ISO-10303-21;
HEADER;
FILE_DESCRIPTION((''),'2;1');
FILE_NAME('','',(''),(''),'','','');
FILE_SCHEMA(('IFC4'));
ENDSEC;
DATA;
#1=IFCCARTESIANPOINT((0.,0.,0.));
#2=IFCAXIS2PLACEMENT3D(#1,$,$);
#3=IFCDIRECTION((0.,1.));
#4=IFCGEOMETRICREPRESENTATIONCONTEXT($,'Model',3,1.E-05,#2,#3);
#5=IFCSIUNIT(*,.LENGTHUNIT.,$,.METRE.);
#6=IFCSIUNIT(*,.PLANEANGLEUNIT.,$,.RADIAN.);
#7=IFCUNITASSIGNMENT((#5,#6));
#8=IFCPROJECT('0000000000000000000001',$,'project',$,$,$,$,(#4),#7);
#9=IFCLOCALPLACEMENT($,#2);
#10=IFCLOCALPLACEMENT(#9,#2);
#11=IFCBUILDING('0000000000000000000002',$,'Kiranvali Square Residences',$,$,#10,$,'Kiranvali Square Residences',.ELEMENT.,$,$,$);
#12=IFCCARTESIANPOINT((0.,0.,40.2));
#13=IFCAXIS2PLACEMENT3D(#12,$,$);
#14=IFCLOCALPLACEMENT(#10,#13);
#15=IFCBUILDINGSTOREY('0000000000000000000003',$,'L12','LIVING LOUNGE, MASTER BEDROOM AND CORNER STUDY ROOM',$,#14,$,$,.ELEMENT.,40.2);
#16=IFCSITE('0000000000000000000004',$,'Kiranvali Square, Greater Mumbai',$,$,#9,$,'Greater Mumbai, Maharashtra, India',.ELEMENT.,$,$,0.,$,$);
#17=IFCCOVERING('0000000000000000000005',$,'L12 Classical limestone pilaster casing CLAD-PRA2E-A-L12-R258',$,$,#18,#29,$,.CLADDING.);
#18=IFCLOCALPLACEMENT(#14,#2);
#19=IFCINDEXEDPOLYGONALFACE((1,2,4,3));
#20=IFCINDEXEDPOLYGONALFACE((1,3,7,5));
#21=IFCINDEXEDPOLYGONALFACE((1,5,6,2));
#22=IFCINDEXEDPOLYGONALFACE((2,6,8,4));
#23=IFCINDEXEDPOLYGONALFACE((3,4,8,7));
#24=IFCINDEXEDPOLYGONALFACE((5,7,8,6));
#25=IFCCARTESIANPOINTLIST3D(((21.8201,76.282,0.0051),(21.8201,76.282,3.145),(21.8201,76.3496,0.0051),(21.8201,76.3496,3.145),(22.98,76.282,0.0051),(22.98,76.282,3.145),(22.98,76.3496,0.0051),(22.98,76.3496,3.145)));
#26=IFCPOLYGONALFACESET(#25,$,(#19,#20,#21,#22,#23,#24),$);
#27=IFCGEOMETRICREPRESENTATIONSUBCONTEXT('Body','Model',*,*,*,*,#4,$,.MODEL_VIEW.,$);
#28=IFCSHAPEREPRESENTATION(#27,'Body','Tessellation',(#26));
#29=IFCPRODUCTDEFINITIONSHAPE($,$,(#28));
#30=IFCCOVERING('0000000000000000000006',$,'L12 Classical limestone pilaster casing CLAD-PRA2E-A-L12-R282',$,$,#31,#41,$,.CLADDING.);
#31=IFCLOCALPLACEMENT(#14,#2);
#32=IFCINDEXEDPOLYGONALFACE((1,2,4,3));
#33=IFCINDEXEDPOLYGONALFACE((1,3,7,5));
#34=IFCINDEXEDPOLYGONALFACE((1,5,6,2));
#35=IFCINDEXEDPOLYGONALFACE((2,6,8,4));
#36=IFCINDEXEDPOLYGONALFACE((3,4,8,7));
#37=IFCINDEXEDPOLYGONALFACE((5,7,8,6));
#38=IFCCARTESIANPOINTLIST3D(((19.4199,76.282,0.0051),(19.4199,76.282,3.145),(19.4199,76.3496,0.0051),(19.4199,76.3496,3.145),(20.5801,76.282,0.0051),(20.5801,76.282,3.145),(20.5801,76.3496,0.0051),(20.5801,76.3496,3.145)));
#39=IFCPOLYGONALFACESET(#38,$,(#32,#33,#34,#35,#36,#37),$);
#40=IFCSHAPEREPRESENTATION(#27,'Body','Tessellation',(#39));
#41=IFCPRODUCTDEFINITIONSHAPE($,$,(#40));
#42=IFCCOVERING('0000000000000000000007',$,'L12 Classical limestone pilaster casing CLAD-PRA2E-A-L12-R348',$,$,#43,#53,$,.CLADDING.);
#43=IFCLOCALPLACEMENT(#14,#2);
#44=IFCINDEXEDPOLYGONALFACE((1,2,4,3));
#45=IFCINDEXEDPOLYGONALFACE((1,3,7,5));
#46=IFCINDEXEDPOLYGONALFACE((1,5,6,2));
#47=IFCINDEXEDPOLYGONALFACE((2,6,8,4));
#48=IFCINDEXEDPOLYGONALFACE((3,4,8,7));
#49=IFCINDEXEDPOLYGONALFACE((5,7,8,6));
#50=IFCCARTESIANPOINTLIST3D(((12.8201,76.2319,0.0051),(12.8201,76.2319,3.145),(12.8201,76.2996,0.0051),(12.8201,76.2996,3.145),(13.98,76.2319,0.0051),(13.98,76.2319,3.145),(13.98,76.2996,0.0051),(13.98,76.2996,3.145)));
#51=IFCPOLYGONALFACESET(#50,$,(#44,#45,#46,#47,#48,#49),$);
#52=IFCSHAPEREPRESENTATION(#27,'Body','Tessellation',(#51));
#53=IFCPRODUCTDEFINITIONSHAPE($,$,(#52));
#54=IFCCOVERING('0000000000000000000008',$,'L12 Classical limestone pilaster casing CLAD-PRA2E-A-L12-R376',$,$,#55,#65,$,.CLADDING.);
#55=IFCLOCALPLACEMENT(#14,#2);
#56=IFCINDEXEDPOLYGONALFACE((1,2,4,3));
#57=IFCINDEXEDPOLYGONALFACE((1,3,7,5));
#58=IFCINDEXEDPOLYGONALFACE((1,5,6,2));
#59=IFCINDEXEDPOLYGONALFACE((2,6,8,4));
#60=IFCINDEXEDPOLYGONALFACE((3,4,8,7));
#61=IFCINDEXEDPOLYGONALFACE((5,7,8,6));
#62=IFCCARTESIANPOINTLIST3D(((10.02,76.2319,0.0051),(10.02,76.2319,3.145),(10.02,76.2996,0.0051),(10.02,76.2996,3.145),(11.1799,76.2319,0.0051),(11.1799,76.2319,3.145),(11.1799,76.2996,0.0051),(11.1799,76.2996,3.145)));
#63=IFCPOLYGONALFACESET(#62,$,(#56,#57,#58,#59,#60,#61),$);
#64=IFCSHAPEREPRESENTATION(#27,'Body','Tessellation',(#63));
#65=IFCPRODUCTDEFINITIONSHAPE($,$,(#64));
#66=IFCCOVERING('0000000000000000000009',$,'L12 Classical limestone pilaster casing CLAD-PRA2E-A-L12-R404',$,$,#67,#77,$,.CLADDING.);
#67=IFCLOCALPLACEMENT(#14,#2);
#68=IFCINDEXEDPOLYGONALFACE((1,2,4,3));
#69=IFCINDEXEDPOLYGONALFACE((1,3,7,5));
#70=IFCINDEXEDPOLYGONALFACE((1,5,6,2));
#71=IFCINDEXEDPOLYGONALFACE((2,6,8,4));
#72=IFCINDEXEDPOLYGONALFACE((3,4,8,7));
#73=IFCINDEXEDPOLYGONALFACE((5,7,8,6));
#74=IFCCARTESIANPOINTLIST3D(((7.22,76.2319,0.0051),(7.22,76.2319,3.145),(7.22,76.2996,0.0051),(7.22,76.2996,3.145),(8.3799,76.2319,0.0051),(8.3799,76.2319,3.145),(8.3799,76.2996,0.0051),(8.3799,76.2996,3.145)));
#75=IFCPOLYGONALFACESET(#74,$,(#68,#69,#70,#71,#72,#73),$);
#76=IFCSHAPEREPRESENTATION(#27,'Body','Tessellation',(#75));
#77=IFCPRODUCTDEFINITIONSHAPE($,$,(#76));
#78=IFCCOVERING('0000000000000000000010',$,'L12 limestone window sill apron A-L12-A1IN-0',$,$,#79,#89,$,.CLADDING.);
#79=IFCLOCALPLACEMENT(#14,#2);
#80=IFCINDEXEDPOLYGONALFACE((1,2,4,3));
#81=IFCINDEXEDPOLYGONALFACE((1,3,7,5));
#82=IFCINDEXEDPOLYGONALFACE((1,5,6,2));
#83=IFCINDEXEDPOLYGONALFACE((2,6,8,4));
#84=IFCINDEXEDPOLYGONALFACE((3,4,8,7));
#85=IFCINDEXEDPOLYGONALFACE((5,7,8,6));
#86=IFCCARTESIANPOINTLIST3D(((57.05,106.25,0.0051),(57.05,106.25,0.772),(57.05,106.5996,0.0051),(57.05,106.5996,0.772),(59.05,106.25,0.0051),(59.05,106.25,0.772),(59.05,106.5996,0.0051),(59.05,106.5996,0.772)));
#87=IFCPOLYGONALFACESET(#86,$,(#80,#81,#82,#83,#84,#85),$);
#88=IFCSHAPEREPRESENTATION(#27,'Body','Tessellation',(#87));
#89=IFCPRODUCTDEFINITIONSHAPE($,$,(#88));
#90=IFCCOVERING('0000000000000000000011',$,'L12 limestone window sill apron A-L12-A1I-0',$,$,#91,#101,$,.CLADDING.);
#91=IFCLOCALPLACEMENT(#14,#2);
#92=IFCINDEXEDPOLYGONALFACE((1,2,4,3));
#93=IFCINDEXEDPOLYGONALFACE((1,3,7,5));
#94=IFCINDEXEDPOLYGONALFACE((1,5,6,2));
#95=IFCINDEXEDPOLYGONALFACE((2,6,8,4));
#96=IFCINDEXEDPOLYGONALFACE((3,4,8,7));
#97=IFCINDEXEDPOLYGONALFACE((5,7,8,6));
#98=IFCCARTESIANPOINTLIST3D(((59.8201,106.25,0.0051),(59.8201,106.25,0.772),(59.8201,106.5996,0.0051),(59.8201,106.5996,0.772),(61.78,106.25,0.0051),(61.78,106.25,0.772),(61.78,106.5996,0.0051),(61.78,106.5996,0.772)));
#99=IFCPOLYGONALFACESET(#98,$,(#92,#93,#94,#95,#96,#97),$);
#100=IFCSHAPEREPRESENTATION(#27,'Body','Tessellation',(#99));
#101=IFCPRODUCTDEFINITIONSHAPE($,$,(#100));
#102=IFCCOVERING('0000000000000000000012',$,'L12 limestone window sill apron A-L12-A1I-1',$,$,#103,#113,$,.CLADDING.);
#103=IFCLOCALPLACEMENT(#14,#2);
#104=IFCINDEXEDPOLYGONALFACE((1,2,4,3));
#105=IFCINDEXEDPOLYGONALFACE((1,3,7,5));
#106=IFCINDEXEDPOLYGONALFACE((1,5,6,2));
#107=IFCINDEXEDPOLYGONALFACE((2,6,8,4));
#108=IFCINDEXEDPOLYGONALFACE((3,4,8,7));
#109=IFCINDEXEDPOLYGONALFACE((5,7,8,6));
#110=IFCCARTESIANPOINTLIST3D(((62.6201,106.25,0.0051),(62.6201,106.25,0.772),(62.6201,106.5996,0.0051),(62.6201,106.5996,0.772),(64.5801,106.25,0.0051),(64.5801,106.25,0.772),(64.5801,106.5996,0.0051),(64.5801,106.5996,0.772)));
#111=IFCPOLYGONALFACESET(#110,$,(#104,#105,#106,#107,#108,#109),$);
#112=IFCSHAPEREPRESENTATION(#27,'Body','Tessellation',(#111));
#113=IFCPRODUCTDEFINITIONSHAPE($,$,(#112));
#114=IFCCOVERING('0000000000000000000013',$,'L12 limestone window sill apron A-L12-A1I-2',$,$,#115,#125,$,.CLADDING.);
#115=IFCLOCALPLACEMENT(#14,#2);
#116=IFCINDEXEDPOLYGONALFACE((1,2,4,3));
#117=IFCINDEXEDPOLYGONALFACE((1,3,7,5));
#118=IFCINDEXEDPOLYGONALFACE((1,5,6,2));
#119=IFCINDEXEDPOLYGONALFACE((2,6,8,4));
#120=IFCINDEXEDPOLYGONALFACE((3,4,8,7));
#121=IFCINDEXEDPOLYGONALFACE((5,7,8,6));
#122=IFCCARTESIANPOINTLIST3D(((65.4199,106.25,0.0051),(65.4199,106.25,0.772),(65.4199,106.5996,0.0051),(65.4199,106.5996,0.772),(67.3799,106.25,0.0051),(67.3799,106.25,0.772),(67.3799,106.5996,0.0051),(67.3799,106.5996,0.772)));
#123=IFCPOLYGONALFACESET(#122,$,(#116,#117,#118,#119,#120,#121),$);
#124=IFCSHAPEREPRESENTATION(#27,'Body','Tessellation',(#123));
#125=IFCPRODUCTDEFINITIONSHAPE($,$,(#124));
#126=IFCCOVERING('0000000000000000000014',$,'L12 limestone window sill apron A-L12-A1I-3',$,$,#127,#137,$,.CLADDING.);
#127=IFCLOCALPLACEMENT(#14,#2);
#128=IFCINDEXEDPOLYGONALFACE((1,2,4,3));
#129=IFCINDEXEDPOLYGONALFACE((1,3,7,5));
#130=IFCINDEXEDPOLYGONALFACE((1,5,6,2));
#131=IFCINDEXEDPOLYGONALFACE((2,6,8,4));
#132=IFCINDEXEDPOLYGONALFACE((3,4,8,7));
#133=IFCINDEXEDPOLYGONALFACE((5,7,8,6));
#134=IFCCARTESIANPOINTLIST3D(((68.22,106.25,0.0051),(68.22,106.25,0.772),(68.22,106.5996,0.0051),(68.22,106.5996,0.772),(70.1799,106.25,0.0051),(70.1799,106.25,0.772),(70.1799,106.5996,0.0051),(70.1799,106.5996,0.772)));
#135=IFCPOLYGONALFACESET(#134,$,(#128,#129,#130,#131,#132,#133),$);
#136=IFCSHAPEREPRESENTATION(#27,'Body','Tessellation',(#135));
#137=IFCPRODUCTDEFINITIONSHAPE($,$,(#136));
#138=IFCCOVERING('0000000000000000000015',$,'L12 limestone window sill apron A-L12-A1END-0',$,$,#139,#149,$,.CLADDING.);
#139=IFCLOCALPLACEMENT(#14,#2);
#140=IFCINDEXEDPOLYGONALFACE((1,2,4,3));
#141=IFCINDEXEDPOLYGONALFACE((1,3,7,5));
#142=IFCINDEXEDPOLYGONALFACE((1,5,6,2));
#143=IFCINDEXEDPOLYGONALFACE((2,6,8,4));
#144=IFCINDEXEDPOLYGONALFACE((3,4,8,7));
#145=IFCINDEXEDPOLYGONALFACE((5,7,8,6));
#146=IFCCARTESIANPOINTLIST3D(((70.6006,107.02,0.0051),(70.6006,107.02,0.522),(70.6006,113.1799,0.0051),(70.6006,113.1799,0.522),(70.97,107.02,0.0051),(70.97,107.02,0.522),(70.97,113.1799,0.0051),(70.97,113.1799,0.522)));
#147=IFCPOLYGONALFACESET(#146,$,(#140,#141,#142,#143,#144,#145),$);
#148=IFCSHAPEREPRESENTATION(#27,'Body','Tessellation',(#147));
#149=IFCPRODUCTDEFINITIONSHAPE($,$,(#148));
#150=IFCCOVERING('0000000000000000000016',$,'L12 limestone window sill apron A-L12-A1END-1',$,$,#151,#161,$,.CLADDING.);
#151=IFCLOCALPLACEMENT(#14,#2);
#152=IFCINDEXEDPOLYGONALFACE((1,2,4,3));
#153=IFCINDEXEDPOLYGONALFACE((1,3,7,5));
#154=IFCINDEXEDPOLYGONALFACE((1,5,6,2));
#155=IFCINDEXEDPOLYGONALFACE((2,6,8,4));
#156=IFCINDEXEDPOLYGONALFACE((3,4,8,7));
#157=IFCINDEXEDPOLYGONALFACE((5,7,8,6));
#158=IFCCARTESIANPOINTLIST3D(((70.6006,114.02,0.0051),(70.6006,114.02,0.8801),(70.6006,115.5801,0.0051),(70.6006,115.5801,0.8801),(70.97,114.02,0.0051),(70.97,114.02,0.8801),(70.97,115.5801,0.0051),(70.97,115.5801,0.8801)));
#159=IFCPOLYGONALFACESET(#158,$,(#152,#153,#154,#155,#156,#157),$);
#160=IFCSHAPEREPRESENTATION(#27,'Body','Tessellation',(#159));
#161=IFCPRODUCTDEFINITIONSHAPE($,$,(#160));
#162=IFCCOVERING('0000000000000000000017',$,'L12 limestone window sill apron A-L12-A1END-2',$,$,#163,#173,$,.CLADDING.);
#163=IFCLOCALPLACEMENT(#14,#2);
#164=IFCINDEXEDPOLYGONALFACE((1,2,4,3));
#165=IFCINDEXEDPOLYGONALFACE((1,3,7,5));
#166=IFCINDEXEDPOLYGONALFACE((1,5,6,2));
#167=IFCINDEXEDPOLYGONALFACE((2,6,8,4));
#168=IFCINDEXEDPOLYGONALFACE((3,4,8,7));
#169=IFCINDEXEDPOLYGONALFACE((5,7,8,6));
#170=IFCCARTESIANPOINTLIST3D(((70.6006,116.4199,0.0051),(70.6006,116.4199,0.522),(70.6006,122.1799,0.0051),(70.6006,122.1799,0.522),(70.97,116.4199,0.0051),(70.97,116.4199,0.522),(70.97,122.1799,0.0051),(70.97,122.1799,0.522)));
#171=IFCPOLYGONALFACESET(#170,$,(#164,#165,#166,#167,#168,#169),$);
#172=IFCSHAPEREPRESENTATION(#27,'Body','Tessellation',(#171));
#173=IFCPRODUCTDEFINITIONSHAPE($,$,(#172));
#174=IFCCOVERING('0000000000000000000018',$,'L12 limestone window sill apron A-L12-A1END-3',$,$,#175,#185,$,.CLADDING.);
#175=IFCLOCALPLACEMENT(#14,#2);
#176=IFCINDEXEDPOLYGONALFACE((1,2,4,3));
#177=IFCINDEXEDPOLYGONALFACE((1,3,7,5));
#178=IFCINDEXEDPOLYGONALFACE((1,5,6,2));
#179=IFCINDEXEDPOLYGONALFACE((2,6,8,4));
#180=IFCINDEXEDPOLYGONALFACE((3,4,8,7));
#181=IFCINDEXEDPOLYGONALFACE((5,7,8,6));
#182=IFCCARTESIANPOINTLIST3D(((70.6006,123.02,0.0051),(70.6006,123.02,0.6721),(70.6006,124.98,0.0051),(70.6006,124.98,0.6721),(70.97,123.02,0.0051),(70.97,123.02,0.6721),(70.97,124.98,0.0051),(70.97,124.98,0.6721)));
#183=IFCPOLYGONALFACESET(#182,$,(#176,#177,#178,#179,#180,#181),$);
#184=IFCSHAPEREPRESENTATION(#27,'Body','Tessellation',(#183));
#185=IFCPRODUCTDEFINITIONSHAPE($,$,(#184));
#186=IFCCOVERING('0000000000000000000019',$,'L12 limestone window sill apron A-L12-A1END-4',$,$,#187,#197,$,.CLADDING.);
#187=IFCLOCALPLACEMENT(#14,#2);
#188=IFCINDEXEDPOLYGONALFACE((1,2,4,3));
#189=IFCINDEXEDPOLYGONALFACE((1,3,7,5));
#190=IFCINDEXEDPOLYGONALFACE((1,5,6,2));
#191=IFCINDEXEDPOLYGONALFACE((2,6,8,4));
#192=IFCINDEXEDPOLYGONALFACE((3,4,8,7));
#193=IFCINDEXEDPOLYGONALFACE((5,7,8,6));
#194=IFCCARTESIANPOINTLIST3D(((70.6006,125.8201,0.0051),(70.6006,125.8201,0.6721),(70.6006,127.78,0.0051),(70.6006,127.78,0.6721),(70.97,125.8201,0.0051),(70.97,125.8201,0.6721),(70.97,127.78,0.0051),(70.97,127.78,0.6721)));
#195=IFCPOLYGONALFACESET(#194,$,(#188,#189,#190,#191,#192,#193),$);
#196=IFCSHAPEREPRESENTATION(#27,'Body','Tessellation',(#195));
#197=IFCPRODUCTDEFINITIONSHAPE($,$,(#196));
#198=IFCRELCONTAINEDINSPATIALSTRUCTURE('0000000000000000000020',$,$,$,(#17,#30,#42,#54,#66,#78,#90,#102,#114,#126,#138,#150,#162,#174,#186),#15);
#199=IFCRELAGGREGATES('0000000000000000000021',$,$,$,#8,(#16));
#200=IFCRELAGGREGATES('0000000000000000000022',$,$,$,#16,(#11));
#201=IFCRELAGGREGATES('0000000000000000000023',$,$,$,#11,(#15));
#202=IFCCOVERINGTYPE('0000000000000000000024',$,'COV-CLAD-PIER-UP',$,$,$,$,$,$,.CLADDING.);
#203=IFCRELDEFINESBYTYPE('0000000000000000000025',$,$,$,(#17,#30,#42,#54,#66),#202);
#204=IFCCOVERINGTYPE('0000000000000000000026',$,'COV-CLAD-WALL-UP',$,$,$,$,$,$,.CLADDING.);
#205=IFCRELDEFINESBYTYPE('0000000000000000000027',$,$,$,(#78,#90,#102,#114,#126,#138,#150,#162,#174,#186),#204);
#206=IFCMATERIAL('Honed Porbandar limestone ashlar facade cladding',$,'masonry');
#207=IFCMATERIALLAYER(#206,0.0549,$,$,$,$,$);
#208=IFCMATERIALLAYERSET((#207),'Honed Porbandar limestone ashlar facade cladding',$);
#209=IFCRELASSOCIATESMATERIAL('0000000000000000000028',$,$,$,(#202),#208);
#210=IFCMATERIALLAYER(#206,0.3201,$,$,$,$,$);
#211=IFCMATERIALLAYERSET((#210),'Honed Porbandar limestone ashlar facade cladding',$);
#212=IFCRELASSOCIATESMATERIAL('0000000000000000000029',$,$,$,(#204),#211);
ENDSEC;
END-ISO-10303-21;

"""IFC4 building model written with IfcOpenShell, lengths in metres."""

from ifc_helpers import new_model, si_unit, direction, frame, origin, place, context, subcontext, project, spatial, polyline, outline, extrude, material, layer, layer_set, type_object, element, save


model = new_model("IFC4")

# Units and contexts
model_context = context("Model", 3, precision=1e-05, world=origin(), true_north=direction((0.0, 1.0)))
body_context = subcontext(model_context, "Body", "Model", "MODEL_VIEW")
ifc_project = project(units=[si_unit("LENGTHUNIT", "METRE"), si_unit("PLANEANGLEUNIT", "RADIAN")], contexts=[model_context])

# Site, building, storey
site_placement = place(None, origin())
site = spatial("IfcSite", under=ifc_project, at=site_placement, Name="Kiranvali Square, Greater Mumbai", LongName="Greater Mumbai, Maharashtra, India", CompositionType="ELEMENT", RefElevation=0.0)
building_placement = place(site_placement, origin())
building = spatial("IfcBuilding", under=site, at=building_placement, Name="Kiranvali Square Residences", LongName="Kiranvali Square Residences", CompositionType="ELEMENT")
storey_placement = place(building_placement, frame((0.0, 0.0, 40.2)))
storey = spatial("IfcBuildingStorey", under=building, at=storey_placement, Name="L12", Description="LIVING LOUNGE, MASTER BEDROOM AND CORNER STUDY ROOM", CompositionType="ELEMENT", Elevation=40.2)

# Coverings
ifc_material = material(Name="Honed Porbandar limestone ashlar facade cladding", Category="masonry")
ifc_layer_1 = layer(ifc_material, 0.0549)
ifc_layer_set_1 = layer_set([ifc_layer_1], Name="Honed Porbandar limestone ashlar facade cladding")
covering_type_1 = type_object("IfcCoveringType", Name="COV-CLAD-PIER-UP", PredefinedType="CLADDING", material=ifc_layer_set_1)
covering_1_placement = place(storey_placement, frame((0.0, 0.0, 0.0051)))
element("IfcCovering", 1, at=covering_1_placement, inside=storey, type_object=covering_type_1, Name="L12 Classical limestone pilaster casing CLAD-PRA2E-A-L12-R258", PredefinedType="CLADDING", context=body_context, shape_type="SweptSolid", body=[
    extrude(outline(polyline([(22.98, 76.3496), (21.8201, 76.3496), (21.8201, 76.282), (22.98, 76.282), (22.98, 76.3496)])), origin(), (0.0, 0.0, 1.0), 3.1399),
])
covering_2_placement = place(storey_placement, frame((0.0, 0.0, 0.0051)))
element("IfcCovering", 2, at=covering_2_placement, inside=storey, type_object=covering_type_1, Name="L12 Classical limestone pilaster casing CLAD-PRA2E-A-L12-R282", PredefinedType="CLADDING", context=body_context, shape_type="SweptSolid", body=[
    extrude(outline(polyline([(20.5801, 76.3496), (19.4199, 76.3496), (19.4199, 76.282), (20.5801, 76.282), (20.5801, 76.3496)])), origin(), (0.0, 0.0, 1.0), 3.1399),
])
covering_3_placement = place(storey_placement, frame((0.0, 0.0, 0.0051)))
element("IfcCovering", 3, at=covering_3_placement, inside=storey, type_object=covering_type_1, Name="L12 Classical limestone pilaster casing CLAD-PRA2E-A-L12-R348", PredefinedType="CLADDING", context=body_context, shape_type="SweptSolid", body=[
    extrude(outline(polyline([(13.98, 76.2996), (12.8201, 76.2996), (12.8201, 76.2319), (13.98, 76.2319), (13.98, 76.2996)])), origin(), (0.0, 0.0, 1.0), 3.1399),
])
covering_4_placement = place(storey_placement, frame((0.0, 0.0, 0.0051)))
element("IfcCovering", 4, at=covering_4_placement, inside=storey, type_object=covering_type_1, Name="L12 Classical limestone pilaster casing CLAD-PRA2E-A-L12-R376", PredefinedType="CLADDING", context=body_context, shape_type="SweptSolid", body=[
    extrude(outline(polyline([(11.1799, 76.2996), (10.02, 76.2996), (10.02, 76.2319), (11.1799, 76.2319), (11.1799, 76.2996)])), origin(), (0.0, 0.0, 1.0), 3.1399),
])
covering_5_placement = place(storey_placement, frame((0.0, 0.0, 0.0051)))
element("IfcCovering", 5, at=covering_5_placement, inside=storey, type_object=covering_type_1, Name="L12 Classical limestone pilaster casing CLAD-PRA2E-A-L12-R404", PredefinedType="CLADDING", context=body_context, shape_type="SweptSolid", body=[
    extrude(outline(polyline([(8.3799, 76.2996), (7.22, 76.2996), (7.22, 76.2319), (8.3799, 76.2319), (8.3799, 76.2996)])), origin(), (0.0, 0.0, 1.0), 3.1399),
])
ifc_layer_2 = layer(ifc_material, 0.3201)
ifc_layer_set_2 = layer_set([ifc_layer_2], Name="Honed Porbandar limestone ashlar facade cladding")
covering_type_2 = type_object("IfcCoveringType", Name="COV-CLAD-WALL-UP", PredefinedType="CLADDING", material=ifc_layer_set_2)
covering_6_placement = place(storey_placement, frame((0.0, 0.0, 0.0051)))
element("IfcCovering", 6, at=covering_6_placement, inside=storey, type_object=covering_type_2, Name="L12 limestone window sill apron A-L12-A1IN-0", PredefinedType="CLADDING", context=body_context, shape_type="SweptSolid", body=[
    extrude(outline(polyline([(57.05, 106.25), (59.05, 106.25), (59.05, 106.5996), (57.05, 106.5996), (57.05, 106.25)])), origin(), (0.0, 0.0, 1.0), 0.7668),
])
covering_7_placement = place(storey_placement, frame((0.0, 0.0, 0.0051)))
element("IfcCovering", 7, at=covering_7_placement, inside=storey, type_object=covering_type_2, Name="L12 limestone window sill apron A-L12-A1I-0", PredefinedType="CLADDING", context=body_context, shape_type="SweptSolid", body=[
    extrude(outline(polyline([(59.8201, 106.25), (61.78, 106.25), (61.78, 106.5996), (59.8201, 106.5996), (59.8201, 106.25)])), origin(), (0.0, 0.0, 1.0), 0.7668),
])
covering_8_placement = place(storey_placement, frame((0.0, 0.0, 0.0051)))
element("IfcCovering", 8, at=covering_8_placement, inside=storey, type_object=covering_type_2, Name="L12 limestone window sill apron A-L12-A1I-1", PredefinedType="CLADDING", context=body_context, shape_type="SweptSolid", body=[
    extrude(outline(polyline([(62.6201, 106.25), (64.5801, 106.25), (64.5801, 106.5996), (62.6201, 106.5996), (62.6201, 106.25)])), origin(), (0.0, 0.0, 1.0), 0.7668),
])
covering_9_placement = place(storey_placement, frame((0.0, 0.0, 0.0051)))
element("IfcCovering", 9, at=covering_9_placement, inside=storey, type_object=covering_type_2, Name="L12 limestone window sill apron A-L12-A1I-2", PredefinedType="CLADDING", context=body_context, shape_type="SweptSolid", body=[
    extrude(outline(polyline([(65.4199, 106.25), (67.3799, 106.25), (67.3799, 106.5996), (65.4199, 106.5996), (65.4199, 106.25)])), origin(), (0.0, 0.0, 1.0), 0.7668),
])
covering_10_placement = place(storey_placement, frame((0.0, 0.0, 0.0051)))
element("IfcCovering", 10, at=covering_10_placement, inside=storey, type_object=covering_type_2, Name="L12 limestone window sill apron A-L12-A1I-3", PredefinedType="CLADDING", context=body_context, shape_type="SweptSolid", body=[
    extrude(outline(polyline([(68.22, 106.25), (70.1799, 106.25), (70.1799, 106.5996), (68.22, 106.5996), (68.22, 106.25)])), origin(), (0.0, 0.0, 1.0), 0.7668),
])
covering_11_placement = place(storey_placement, frame((0.0, 0.0, 0.0051)))
element("IfcCovering", 11, at=covering_11_placement, inside=storey, type_object=covering_type_2, Name="L12 limestone window sill apron A-L12-A1END-0", PredefinedType="CLADDING", context=body_context, shape_type="SweptSolid", body=[
    extrude(outline(polyline([(70.97, 107.02), (70.97, 113.1799), (70.6006, 113.1799), (70.6006, 107.02), (70.97, 107.02)])), origin(), (0.0, 0.0, 1.0), 0.5168),
])
covering_12_placement = place(storey_placement, frame((0.0, 0.0, 0.0051)))
element("IfcCovering", 12, at=covering_12_placement, inside=storey, type_object=covering_type_2, Name="L12 limestone window sill apron A-L12-A1END-1", PredefinedType="CLADDING", context=body_context, shape_type="SweptSolid", body=[
    extrude(outline(polyline([(70.97, 114.02), (70.97, 115.5801), (70.6006, 115.5801), (70.6006, 114.02), (70.97, 114.02)])), origin(), (0.0, 0.0, 1.0), 0.875),
])
covering_13_placement = place(storey_placement, frame((0.0, 0.0, 0.0051)))
element("IfcCovering", 13, at=covering_13_placement, inside=storey, type_object=covering_type_2, Name="L12 limestone window sill apron A-L12-A1END-2", PredefinedType="CLADDING", context=body_context, shape_type="SweptSolid", body=[
    extrude(outline(polyline([(70.97, 116.4199), (70.97, 122.1799), (70.6006, 122.1799), (70.6006, 116.4199), (70.97, 116.4199)])), origin(), (0.0, 0.0, 1.0), 0.5168),
])
covering_14_placement = place(storey_placement, frame((0.0, 0.0, 0.0051)))
element("IfcCovering", 14, at=covering_14_placement, inside=storey, type_object=covering_type_2, Name="L12 limestone window sill apron A-L12-A1END-3", PredefinedType="CLADDING", context=body_context, shape_type="SweptSolid", body=[
    extrude(outline(polyline([(70.97, 123.02), (70.97, 124.98), (70.6006, 124.98), (70.6006, 123.02), (70.97, 123.02)])), origin(), (0.0, 0.0, 1.0), 0.667),
])
covering_15_placement = place(storey_placement, frame((0.0, 0.0, 0.0051)))
element("IfcCovering", 15, at=covering_15_placement, inside=storey, type_object=covering_type_2, Name="L12 limestone window sill apron A-L12-A1END-4", PredefinedType="CLADDING", context=body_context, shape_type="SweptSolid", body=[
    extrude(outline(polyline([(70.97, 125.8201), (70.97, 127.78), (70.6006, 127.78), (70.6006, 125.8201), (70.97, 125.8201)])), origin(), (0.0, 0.0, 1.0), 0.667),
])

save(model, "model.ifc")
